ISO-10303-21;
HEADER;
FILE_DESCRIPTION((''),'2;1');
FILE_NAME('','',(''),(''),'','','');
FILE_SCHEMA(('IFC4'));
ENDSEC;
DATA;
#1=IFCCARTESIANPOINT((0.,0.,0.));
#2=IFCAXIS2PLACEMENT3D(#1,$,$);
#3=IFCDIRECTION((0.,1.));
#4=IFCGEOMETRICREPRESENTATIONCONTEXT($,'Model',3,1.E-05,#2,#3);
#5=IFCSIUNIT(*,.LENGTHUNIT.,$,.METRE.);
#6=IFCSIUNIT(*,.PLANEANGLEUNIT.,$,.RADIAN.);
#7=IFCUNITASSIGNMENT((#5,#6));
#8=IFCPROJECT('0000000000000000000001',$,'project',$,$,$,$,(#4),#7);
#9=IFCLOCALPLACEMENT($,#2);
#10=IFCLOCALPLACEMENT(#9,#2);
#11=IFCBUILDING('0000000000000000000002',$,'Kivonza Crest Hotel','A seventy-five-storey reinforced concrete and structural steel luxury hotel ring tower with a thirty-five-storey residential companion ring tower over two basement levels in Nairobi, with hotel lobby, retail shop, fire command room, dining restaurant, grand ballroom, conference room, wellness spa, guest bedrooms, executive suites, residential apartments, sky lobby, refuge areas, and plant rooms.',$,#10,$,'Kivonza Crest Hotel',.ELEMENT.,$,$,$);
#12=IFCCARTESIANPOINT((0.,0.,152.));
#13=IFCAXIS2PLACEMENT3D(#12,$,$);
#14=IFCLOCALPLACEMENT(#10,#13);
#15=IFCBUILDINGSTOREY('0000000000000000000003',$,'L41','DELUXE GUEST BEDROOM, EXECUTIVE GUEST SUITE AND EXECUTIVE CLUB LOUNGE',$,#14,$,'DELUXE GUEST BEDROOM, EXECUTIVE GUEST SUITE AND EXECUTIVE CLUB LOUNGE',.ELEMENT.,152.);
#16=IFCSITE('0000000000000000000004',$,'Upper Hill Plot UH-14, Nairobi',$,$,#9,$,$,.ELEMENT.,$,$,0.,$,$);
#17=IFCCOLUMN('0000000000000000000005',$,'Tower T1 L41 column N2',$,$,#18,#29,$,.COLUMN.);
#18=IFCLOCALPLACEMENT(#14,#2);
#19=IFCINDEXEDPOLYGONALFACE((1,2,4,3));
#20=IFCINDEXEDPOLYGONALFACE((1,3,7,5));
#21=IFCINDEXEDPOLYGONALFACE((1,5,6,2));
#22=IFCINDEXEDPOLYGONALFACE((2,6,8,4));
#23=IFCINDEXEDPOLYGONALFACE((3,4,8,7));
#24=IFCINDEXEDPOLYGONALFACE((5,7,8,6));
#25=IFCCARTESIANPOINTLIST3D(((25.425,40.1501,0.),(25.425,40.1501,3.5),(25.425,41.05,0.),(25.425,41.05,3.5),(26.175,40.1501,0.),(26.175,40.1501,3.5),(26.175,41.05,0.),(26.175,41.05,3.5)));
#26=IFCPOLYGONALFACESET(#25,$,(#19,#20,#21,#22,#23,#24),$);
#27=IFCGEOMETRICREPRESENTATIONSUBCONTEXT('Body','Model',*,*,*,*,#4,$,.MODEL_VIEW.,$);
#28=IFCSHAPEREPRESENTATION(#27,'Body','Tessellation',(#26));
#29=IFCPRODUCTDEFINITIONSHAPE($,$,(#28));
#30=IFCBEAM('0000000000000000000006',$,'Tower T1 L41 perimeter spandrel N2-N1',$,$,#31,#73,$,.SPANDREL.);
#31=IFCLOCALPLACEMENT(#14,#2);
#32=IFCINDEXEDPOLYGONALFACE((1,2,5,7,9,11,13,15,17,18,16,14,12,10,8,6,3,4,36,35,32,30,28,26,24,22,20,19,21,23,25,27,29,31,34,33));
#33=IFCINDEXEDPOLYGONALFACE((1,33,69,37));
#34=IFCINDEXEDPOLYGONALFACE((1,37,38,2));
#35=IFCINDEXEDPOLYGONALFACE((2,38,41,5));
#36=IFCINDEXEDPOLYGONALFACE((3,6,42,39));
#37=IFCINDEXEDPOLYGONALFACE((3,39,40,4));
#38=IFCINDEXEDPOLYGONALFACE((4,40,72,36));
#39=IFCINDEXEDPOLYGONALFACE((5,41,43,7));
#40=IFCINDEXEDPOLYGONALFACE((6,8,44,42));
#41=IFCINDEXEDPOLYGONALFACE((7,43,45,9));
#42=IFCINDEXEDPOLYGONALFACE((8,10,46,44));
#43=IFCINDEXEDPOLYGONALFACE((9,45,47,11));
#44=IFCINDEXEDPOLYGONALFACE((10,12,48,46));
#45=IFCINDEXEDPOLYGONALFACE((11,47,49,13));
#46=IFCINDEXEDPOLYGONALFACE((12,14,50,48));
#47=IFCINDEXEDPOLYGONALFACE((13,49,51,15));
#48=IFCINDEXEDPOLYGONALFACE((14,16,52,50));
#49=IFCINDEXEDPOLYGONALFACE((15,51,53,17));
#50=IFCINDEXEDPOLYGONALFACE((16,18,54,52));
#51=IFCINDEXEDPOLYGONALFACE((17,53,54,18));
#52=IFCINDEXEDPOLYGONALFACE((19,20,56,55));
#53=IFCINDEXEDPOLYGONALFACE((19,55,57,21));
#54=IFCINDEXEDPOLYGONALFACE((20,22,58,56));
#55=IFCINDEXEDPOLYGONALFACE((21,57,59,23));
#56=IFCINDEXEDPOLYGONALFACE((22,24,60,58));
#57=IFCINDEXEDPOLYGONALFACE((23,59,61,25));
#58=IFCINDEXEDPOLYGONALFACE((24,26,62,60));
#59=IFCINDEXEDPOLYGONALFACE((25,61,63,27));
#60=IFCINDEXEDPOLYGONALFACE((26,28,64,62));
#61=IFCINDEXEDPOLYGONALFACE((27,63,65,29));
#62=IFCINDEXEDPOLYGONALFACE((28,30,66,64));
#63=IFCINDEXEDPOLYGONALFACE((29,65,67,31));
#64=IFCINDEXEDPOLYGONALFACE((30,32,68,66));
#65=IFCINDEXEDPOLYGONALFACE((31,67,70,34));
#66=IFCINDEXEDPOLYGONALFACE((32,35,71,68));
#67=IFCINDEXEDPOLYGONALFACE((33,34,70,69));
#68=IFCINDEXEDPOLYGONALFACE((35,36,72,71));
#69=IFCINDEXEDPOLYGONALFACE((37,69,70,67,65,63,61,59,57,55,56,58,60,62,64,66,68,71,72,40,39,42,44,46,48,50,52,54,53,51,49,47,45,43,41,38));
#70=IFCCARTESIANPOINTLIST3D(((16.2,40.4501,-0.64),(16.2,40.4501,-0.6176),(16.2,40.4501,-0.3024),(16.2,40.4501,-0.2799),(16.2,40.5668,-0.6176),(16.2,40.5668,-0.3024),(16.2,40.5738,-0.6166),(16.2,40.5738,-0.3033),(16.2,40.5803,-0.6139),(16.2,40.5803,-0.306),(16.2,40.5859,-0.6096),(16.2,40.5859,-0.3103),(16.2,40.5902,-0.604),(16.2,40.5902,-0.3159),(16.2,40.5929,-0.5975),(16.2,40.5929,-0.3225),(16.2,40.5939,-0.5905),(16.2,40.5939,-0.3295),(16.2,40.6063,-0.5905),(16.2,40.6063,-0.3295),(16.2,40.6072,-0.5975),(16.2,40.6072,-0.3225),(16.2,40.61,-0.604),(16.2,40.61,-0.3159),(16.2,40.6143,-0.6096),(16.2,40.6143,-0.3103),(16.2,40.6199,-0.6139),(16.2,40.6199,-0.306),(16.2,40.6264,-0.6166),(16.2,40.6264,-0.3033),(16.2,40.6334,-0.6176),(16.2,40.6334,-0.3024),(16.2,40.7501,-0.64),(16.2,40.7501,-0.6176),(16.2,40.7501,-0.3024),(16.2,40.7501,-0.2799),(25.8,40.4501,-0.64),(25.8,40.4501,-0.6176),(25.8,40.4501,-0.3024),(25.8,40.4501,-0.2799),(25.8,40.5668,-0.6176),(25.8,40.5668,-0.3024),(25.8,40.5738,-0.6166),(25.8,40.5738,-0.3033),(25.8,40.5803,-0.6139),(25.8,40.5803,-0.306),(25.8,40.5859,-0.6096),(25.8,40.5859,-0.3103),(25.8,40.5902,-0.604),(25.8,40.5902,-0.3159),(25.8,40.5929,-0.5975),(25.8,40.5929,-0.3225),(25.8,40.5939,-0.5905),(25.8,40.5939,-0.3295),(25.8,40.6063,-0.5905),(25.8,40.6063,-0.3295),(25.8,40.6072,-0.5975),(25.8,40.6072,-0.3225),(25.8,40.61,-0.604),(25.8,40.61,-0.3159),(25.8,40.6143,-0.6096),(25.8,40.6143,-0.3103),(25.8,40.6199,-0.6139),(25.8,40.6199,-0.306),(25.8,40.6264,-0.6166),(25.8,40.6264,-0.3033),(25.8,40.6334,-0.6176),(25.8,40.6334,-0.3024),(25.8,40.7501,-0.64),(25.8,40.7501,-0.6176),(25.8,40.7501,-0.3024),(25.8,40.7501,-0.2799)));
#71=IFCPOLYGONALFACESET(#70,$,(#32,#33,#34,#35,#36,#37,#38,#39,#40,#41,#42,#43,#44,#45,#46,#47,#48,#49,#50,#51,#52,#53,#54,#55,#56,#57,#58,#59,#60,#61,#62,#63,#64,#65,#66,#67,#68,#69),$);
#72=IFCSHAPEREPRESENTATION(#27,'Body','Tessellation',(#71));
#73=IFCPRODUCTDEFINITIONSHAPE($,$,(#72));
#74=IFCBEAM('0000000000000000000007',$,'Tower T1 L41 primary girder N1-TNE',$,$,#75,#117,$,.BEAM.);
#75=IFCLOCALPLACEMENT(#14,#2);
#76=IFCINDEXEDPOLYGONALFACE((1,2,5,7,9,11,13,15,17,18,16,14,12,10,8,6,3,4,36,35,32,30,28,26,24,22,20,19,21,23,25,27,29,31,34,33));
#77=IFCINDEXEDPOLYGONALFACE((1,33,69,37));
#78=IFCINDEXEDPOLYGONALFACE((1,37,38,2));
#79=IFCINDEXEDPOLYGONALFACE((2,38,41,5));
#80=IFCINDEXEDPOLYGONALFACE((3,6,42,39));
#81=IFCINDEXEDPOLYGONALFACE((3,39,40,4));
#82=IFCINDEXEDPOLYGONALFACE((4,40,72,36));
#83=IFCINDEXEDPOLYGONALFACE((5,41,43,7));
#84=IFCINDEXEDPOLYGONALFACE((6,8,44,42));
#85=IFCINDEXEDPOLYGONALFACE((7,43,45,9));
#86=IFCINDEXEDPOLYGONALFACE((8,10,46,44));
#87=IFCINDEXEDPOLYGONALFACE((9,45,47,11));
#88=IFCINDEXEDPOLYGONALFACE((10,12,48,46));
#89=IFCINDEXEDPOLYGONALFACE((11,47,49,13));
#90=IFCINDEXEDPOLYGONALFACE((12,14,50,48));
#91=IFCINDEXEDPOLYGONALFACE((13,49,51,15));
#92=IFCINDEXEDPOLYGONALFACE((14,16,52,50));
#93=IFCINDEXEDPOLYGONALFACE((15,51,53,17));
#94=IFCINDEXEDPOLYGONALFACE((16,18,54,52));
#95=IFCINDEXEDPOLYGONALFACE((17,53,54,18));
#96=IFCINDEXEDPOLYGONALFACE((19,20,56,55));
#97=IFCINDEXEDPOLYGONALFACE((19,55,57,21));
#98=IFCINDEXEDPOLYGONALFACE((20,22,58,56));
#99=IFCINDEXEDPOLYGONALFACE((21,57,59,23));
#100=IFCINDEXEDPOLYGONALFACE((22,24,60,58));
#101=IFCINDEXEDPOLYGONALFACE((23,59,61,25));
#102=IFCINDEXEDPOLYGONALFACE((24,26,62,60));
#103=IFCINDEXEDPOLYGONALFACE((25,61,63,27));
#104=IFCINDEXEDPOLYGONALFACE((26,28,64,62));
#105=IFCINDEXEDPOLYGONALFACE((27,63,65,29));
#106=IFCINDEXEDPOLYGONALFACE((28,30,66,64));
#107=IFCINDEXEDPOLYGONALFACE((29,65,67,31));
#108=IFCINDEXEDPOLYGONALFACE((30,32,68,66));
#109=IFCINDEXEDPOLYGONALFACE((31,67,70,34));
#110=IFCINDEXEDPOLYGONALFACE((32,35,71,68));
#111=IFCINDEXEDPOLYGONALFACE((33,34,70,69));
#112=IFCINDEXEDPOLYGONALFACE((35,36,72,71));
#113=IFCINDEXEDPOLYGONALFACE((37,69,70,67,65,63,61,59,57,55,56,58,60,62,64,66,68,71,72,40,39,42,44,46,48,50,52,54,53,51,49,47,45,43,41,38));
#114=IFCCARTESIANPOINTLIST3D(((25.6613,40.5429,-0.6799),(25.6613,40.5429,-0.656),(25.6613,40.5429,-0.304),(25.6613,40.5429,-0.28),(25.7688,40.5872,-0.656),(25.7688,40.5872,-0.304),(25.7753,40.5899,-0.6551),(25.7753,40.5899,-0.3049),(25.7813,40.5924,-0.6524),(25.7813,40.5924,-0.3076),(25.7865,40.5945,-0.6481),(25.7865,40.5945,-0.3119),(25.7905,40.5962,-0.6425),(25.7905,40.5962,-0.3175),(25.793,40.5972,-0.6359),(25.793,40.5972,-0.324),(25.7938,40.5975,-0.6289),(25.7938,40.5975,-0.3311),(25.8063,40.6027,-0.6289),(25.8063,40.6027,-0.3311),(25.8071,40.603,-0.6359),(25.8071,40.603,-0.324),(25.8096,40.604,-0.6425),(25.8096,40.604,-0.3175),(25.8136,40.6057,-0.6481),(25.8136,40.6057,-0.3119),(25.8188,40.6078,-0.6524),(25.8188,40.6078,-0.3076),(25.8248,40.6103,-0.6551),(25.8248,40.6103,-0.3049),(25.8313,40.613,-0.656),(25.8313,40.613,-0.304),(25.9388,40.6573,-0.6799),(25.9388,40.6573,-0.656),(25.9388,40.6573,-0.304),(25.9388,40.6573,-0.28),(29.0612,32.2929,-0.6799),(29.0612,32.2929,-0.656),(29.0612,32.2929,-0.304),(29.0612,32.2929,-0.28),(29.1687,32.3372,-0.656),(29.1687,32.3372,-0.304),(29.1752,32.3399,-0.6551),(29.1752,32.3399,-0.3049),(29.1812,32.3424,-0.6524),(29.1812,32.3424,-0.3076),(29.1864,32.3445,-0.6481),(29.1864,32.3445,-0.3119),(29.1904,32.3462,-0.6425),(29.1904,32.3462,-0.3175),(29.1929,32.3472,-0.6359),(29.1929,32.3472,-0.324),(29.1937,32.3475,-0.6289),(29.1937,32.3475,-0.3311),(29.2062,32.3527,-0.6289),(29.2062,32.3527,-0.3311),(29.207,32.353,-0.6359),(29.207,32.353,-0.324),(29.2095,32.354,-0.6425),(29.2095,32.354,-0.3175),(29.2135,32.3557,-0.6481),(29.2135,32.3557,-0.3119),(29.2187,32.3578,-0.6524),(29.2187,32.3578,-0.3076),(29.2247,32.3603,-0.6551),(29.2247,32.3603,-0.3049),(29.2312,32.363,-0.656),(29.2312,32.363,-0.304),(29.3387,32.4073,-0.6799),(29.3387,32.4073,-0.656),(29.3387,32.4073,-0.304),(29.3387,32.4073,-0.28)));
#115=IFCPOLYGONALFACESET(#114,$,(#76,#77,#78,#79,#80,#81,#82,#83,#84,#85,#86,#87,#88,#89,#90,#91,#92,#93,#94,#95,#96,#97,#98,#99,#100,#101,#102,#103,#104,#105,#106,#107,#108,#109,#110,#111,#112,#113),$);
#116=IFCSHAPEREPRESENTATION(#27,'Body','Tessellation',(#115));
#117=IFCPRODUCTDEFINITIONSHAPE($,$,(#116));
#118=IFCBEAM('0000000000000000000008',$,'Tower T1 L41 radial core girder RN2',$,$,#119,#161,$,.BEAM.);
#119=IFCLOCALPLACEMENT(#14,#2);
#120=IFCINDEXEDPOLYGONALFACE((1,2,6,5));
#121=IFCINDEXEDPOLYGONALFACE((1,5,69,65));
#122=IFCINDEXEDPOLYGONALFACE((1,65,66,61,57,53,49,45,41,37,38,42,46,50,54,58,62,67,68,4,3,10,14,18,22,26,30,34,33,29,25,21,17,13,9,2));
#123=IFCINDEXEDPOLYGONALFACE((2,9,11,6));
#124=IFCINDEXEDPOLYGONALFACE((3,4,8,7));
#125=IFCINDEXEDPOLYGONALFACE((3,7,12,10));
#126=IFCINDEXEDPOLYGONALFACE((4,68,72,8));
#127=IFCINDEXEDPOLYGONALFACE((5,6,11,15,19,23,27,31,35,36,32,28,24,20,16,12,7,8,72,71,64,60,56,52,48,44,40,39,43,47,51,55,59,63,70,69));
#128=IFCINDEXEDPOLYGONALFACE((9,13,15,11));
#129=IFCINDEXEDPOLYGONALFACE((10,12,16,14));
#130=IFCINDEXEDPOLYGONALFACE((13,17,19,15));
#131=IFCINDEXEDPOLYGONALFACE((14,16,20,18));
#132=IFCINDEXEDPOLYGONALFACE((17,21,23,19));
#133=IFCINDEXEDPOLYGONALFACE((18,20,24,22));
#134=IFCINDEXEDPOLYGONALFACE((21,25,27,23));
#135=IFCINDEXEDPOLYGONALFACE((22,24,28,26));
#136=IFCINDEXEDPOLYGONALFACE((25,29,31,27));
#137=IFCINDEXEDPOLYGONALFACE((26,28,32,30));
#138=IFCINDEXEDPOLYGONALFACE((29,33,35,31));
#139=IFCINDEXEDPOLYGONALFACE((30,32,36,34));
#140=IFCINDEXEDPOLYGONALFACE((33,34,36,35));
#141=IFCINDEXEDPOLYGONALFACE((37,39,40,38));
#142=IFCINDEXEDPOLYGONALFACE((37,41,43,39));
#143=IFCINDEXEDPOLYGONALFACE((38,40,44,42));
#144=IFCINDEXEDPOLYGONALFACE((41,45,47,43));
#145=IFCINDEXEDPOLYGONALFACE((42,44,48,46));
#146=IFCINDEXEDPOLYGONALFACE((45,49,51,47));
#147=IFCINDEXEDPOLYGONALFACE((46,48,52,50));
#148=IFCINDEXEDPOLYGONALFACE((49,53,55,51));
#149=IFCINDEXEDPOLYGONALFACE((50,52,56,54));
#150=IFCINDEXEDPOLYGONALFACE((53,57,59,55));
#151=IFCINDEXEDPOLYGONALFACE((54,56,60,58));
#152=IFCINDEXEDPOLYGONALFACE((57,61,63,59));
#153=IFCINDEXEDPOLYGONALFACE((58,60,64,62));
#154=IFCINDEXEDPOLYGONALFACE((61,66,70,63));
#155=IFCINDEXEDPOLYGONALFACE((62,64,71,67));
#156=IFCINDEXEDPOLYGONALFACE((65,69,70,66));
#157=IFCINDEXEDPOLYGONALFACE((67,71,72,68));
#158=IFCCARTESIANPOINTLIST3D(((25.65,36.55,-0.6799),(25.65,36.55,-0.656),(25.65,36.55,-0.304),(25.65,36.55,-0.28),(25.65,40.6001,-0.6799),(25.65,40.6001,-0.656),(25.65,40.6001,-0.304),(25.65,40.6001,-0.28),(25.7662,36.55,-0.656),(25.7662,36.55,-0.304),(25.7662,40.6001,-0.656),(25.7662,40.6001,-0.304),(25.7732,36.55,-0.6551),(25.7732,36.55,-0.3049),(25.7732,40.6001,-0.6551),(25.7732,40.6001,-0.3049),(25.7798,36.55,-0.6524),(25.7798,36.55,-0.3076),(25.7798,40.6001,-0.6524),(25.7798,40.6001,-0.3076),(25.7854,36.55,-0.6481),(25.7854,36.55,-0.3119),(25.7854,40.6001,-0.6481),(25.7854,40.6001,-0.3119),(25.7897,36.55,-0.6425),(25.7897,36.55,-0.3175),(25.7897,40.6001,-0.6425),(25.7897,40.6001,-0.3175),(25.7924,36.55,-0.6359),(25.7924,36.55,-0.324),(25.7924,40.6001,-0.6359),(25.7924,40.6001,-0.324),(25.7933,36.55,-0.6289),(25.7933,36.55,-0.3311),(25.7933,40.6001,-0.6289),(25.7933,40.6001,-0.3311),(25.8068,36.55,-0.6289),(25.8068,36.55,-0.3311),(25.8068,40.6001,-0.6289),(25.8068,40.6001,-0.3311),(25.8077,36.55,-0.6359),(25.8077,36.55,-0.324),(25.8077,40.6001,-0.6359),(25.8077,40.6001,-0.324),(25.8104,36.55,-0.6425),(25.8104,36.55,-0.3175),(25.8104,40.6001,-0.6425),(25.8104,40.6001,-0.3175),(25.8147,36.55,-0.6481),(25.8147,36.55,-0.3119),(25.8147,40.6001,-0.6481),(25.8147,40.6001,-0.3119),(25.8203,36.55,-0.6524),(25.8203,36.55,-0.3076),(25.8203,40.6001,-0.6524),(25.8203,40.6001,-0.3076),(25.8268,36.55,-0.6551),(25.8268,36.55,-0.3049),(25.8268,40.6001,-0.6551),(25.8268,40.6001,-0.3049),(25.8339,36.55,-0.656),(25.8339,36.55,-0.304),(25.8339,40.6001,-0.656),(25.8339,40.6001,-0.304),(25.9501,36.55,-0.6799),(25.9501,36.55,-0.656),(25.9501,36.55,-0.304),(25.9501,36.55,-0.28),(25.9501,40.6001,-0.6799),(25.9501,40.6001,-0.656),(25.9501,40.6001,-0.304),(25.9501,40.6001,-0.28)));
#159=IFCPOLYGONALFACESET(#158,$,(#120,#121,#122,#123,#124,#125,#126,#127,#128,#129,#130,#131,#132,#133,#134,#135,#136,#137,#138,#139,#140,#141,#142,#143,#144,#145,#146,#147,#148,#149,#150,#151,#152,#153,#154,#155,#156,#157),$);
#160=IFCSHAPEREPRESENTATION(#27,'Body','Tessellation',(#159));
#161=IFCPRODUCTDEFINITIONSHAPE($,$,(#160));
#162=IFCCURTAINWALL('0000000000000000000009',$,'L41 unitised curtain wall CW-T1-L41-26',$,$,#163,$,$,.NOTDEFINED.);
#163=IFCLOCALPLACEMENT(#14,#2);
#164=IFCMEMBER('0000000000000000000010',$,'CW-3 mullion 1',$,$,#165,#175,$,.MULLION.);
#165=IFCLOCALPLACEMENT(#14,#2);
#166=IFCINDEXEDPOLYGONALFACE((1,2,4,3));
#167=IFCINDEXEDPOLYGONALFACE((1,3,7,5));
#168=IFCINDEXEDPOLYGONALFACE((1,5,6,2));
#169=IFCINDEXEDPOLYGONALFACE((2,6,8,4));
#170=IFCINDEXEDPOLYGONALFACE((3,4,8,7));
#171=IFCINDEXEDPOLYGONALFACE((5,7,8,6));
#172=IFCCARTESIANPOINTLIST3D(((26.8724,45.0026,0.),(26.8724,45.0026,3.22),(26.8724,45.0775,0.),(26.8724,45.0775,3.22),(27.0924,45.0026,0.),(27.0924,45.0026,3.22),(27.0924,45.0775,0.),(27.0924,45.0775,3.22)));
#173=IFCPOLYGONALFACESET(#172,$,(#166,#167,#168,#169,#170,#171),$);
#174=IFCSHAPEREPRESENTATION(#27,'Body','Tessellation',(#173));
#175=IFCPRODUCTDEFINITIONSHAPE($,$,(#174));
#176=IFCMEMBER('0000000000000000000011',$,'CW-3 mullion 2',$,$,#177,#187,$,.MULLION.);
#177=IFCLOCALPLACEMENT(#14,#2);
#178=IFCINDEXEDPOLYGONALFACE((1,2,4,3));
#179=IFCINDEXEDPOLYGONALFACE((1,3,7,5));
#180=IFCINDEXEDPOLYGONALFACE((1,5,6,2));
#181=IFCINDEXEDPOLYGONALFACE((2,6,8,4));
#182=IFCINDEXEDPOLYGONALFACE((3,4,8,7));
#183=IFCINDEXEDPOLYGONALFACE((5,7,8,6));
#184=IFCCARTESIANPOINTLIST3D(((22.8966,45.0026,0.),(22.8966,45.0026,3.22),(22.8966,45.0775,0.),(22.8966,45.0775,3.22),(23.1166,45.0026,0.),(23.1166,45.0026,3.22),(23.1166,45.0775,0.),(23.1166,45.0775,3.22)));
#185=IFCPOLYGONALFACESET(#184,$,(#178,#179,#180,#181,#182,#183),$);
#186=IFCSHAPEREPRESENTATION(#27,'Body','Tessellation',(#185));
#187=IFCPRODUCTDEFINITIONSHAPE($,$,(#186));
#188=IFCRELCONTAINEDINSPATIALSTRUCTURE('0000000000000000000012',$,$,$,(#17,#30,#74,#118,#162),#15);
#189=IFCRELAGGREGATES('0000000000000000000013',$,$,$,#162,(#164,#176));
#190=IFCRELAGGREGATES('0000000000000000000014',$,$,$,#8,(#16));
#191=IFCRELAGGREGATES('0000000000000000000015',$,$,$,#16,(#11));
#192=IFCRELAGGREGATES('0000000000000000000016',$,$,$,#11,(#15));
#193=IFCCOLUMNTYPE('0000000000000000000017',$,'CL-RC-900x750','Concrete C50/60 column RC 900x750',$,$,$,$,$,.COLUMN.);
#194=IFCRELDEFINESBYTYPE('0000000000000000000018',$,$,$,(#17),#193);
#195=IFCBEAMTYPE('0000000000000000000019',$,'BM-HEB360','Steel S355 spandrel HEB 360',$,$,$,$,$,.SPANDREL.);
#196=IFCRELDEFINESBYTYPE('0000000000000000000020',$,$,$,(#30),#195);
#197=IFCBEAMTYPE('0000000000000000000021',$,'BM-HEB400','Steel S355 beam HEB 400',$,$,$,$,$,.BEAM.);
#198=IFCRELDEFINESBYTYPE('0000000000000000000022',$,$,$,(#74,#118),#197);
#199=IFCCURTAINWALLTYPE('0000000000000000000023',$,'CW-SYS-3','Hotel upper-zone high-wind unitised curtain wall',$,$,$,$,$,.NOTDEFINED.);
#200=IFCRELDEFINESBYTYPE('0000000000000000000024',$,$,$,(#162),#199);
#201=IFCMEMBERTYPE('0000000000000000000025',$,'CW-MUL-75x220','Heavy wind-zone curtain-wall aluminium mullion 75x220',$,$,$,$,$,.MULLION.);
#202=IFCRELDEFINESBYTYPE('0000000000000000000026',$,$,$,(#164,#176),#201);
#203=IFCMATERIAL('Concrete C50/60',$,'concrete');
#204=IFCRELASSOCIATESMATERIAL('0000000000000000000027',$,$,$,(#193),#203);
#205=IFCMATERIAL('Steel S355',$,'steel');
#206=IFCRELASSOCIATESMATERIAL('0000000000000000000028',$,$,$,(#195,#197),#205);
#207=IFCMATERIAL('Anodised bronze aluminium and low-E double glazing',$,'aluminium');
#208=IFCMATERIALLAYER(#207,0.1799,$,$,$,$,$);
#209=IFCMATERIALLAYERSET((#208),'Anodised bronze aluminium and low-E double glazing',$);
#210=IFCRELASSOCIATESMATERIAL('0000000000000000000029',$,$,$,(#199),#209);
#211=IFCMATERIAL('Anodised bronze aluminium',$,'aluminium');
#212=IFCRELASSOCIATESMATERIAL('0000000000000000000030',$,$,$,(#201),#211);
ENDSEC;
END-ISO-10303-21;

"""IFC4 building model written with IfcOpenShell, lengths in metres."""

from ifc_helpers import new_model, si_unit, direction, frame, origin, origin_2d, place, context, subcontext, project, spatial, rectangle, i_section, extrude, material, layer, layer_set, material_profile, profile_set, type_object, element, aggregate, save


model = new_model("IFC4")

# Units and contexts
model_context = context("Model", 3, precision=1e-05, world=origin(), true_north=direction((0.0, 1.0)))
body_context = subcontext(model_context, "Body", "Model", "MODEL_VIEW")
ifc_project = project(units=[si_unit("LENGTHUNIT", "METRE"), si_unit("PLANEANGLEUNIT", "RADIAN")], contexts=[model_context])

# Site, building, storey
site_placement = place(None, origin())
site = spatial("IfcSite", under=ifc_project, at=site_placement, Name="Upper Hill Plot UH-14, Nairobi", CompositionType="ELEMENT", RefElevation=0.0)
building_placement = place(site_placement, origin())
building = spatial("IfcBuilding", under=site, at=building_placement, Name="Kivonza Crest Hotel", Description="A seventy-five-storey reinforced concrete and structural steel luxury hotel ring tower with a thirty-five-storey residential companion ring tower over two basement levels in Nairobi, with hotel lobby, retail shop, fire command room, dining restaurant, grand ballroom, conference room, wellness spa, guest bedrooms, executive suites, residential apartments, sky lobby, refuge areas, and plant rooms.", LongName="Kivonza Crest Hotel", CompositionType="ELEMENT")
storey_placement = place(building_placement, frame((0.0, 0.0, 152.0)))
storey = spatial("IfcBuildingStorey", under=building, at=storey_placement, Name="L41", Description="DELUXE GUEST BEDROOM, EXECUTIVE GUEST SUITE AND EXECUTIVE CLUB LOUNGE", LongName="DELUXE GUEST BEDROOM, EXECUTIVE GUEST SUITE AND EXECUTIVE CLUB LOUNGE", CompositionType="ELEMENT", Elevation=152.0)

# Column
ifc_material_1 = material(Name="Concrete C50/60", Category="concrete")
ifc_material_profile_1 = material_profile(ifc_material_1, rectangle(XDim=0.75, YDim=0.8999, at=origin_2d()), Name="RC 900x750")
ifc_profile_set_1 = profile_set([ifc_material_profile_1], Name="Concrete C50/60")
column_type = type_object("IfcColumnType", Name="CL-RC-900x750", Description="Concrete C50/60 column RC 900x750", PredefinedType="COLUMN", material=ifc_profile_set_1)
column_placement = place(storey_placement, frame((25.8, 40.6001, 0.0), z_axis=(0.0, 0.0, 1.0), x_axis=(1.0, 0.0, 0.0)))
element("IfcColumn", 1, at=column_placement, inside=storey, type_object=column_type, Name="Tower T1 L41 column N2", PredefinedType="COLUMN", context=body_context, shape_type="SweptSolid", body=[
    extrude(rectangle(XDim=0.75, YDim=0.8999, at=origin_2d()), origin(), (0.0, 0.0, 1.0), 3.5),
])

# Beams
ifc_material_2 = material(Name="Steel S355", Category="steel")
ifc_material_profile_2 = material_profile(ifc_material_2, i_section(OverallWidth=0.3, OverallDepth=0.3601, WebThickness=0.0125, FlangeThickness=0.0225, FilletRadius=0.0271, at=origin_2d()), Name="HEB 360")
ifc_profile_set_2 = profile_set([ifc_material_profile_2], Name="Steel S355")
beam_type_1 = type_object("IfcBeamType", Name="BM-HEB360", Description="Steel S355 spandrel HEB 360", PredefinedType="SPANDREL", material=ifc_profile_set_2)
beam_1_placement = place(storey_placement, frame((25.8, 40.6001, -0.46), z_axis=(-1.0, 0.0, 0.0), x_axis=(0.0, -1.0, 0.0)))
element("IfcBeam", 2, at=beam_1_placement, inside=storey, type_object=beam_type_1, Name="Tower T1 L41 perimeter spandrel N2-N1", PredefinedType="SPANDREL", context=body_context, shape_type="SweptSolid", body=[
    extrude(i_section(OverallWidth=0.3, OverallDepth=0.3601, WebThickness=0.0125, FlangeThickness=0.0225, FilletRadius=0.0271, at=origin_2d()), origin(), (0.0, 0.0, 1.0), 9.6001),
])
ifc_material_profile_3 = material_profile(ifc_material_2, i_section(OverallWidth=0.3, OverallDepth=0.3999, WebThickness=0.0134, FlangeThickness=0.0239, FilletRadius=0.0271, at=origin_2d()), Name="HEB 400")
ifc_profile_set_3 = profile_set([ifc_material_profile_3], Name="Steel S355")
beam_type_2 = type_object("IfcBeamType", Name="BM-HEB400", Description="Steel S355 beam HEB 400", PredefinedType="BEAM", material=ifc_profile_set_3)
beam_2_placement = place(storey_placement, frame((25.8, 40.6001, -0.48), z_axis=(0.381022, -0.924566, 0.0), x_axis=(0.924566, 0.381022, 0.0)))
element("IfcBeam", 3, at=beam_2_placement, inside=storey, type_object=beam_type_2, Name="Tower T1 L41 primary girder N1-TNE", PredefinedType="BEAM", context=body_context, shape_type="SweptSolid", body=[
    extrude(i_section(OverallWidth=0.3, OverallDepth=0.3999, WebThickness=0.0134, FlangeThickness=0.0239, FilletRadius=0.0271, at=origin_2d()), origin(), (0.0, 0.0, 1.0), 8.9231),
])
beam_3_placement = place(storey_placement, frame((25.8, 40.6001, -0.48), z_axis=(0.0, -1.0, 0.0), x_axis=(1.0, 0.0, 0.0)))
element("IfcBeam", 4, at=beam_3_placement, inside=storey, type_object=beam_type_2, Name="Tower T1 L41 radial core girder RN2", PredefinedType="BEAM", context=body_context, shape_type="SweptSolid", body=[
    extrude(i_section(OverallWidth=0.3, OverallDepth=0.3999, WebThickness=0.0134, FlangeThickness=0.0239, FilletRadius=0.0271, at=origin_2d()), origin(), (0.0, 0.0, 1.0), 4.05),
])

# Curtain wall, members
ifc_material_3 = material(Name="Anodised bronze aluminium and low-E double glazing", Category="aluminium")
ifc_layer_1 = layer(ifc_material_3, 0.1799)
ifc_layer_set_1 = layer_set([ifc_layer_1], Name="Anodised bronze aluminium and low-E double glazing")
curtain_wall_type = type_object("IfcCurtainWallType", Name="CW-SYS-3", Description="Hotel upper-zone high-wind unitised curtain wall", PredefinedType="NOTDEFINED", material=ifc_layer_set_1)
curtain_wall_placement = place(storey_placement, origin())
curtain_wall = element("IfcCurtainWall", 5, at=curtain_wall_placement, inside=storey, type_object=curtain_wall_type, Name="L41 unitised curtain wall CW-T1-L41-26", PredefinedType="NOTDEFINED")
ifc_material_4 = material(Name="Anodised bronze aluminium", Category="aluminium")
ifc_material_profile_4 = material_profile(ifc_material_4, rectangle(XDim=0.075, YDim=0.22, at=origin_2d()), Name="CW-M 75x220")
ifc_profile_set_4 = profile_set([ifc_material_profile_4], Name="Anodised bronze aluminium")
member_type_1 = type_object("IfcMemberType", Name="CW-MUL-75x220", Description="Heavy wind-zone curtain-wall aluminium mullion 75x220", PredefinedType="MULLION", material=ifc_profile_set_4)
member_1_placement = place(storey_placement, frame((26.9824, 45.04, 0.0), z_axis=(0.0, 0.0, 1.0), x_axis=(0.0, -1.0, 0.0)))
member_1 = element("IfcMember", 6, at=member_1_placement, type_object=member_type_1, Name="CW-3 mullion 1", PredefinedType="MULLION", context=body_context, shape_type="SweptSolid", body=[
    extrude(rectangle(XDim=0.075, YDim=0.22, at=origin_2d()), origin(), (0.0, 0.0, 1.0), 3.22),
])
member_2_placement = place(storey_placement, frame((23.0066, 45.04, 0.0), z_axis=(0.0, 0.0, 1.0), x_axis=(0.0, -1.0, 0.0)))
member_2 = element("IfcMember", 7, at=member_2_placement, type_object=member_type_1, Name="CW-3 mullion 2", PredefinedType="MULLION", context=body_context, shape_type="SweptSolid", body=[
    extrude(rectangle(XDim=0.075, YDim=0.22, at=origin_2d()), origin(), (0.0, 0.0, 1.0), 3.22),
])
aggregate(curtain_wall, [member_1, member_2])

save(model, "model.ifc")
